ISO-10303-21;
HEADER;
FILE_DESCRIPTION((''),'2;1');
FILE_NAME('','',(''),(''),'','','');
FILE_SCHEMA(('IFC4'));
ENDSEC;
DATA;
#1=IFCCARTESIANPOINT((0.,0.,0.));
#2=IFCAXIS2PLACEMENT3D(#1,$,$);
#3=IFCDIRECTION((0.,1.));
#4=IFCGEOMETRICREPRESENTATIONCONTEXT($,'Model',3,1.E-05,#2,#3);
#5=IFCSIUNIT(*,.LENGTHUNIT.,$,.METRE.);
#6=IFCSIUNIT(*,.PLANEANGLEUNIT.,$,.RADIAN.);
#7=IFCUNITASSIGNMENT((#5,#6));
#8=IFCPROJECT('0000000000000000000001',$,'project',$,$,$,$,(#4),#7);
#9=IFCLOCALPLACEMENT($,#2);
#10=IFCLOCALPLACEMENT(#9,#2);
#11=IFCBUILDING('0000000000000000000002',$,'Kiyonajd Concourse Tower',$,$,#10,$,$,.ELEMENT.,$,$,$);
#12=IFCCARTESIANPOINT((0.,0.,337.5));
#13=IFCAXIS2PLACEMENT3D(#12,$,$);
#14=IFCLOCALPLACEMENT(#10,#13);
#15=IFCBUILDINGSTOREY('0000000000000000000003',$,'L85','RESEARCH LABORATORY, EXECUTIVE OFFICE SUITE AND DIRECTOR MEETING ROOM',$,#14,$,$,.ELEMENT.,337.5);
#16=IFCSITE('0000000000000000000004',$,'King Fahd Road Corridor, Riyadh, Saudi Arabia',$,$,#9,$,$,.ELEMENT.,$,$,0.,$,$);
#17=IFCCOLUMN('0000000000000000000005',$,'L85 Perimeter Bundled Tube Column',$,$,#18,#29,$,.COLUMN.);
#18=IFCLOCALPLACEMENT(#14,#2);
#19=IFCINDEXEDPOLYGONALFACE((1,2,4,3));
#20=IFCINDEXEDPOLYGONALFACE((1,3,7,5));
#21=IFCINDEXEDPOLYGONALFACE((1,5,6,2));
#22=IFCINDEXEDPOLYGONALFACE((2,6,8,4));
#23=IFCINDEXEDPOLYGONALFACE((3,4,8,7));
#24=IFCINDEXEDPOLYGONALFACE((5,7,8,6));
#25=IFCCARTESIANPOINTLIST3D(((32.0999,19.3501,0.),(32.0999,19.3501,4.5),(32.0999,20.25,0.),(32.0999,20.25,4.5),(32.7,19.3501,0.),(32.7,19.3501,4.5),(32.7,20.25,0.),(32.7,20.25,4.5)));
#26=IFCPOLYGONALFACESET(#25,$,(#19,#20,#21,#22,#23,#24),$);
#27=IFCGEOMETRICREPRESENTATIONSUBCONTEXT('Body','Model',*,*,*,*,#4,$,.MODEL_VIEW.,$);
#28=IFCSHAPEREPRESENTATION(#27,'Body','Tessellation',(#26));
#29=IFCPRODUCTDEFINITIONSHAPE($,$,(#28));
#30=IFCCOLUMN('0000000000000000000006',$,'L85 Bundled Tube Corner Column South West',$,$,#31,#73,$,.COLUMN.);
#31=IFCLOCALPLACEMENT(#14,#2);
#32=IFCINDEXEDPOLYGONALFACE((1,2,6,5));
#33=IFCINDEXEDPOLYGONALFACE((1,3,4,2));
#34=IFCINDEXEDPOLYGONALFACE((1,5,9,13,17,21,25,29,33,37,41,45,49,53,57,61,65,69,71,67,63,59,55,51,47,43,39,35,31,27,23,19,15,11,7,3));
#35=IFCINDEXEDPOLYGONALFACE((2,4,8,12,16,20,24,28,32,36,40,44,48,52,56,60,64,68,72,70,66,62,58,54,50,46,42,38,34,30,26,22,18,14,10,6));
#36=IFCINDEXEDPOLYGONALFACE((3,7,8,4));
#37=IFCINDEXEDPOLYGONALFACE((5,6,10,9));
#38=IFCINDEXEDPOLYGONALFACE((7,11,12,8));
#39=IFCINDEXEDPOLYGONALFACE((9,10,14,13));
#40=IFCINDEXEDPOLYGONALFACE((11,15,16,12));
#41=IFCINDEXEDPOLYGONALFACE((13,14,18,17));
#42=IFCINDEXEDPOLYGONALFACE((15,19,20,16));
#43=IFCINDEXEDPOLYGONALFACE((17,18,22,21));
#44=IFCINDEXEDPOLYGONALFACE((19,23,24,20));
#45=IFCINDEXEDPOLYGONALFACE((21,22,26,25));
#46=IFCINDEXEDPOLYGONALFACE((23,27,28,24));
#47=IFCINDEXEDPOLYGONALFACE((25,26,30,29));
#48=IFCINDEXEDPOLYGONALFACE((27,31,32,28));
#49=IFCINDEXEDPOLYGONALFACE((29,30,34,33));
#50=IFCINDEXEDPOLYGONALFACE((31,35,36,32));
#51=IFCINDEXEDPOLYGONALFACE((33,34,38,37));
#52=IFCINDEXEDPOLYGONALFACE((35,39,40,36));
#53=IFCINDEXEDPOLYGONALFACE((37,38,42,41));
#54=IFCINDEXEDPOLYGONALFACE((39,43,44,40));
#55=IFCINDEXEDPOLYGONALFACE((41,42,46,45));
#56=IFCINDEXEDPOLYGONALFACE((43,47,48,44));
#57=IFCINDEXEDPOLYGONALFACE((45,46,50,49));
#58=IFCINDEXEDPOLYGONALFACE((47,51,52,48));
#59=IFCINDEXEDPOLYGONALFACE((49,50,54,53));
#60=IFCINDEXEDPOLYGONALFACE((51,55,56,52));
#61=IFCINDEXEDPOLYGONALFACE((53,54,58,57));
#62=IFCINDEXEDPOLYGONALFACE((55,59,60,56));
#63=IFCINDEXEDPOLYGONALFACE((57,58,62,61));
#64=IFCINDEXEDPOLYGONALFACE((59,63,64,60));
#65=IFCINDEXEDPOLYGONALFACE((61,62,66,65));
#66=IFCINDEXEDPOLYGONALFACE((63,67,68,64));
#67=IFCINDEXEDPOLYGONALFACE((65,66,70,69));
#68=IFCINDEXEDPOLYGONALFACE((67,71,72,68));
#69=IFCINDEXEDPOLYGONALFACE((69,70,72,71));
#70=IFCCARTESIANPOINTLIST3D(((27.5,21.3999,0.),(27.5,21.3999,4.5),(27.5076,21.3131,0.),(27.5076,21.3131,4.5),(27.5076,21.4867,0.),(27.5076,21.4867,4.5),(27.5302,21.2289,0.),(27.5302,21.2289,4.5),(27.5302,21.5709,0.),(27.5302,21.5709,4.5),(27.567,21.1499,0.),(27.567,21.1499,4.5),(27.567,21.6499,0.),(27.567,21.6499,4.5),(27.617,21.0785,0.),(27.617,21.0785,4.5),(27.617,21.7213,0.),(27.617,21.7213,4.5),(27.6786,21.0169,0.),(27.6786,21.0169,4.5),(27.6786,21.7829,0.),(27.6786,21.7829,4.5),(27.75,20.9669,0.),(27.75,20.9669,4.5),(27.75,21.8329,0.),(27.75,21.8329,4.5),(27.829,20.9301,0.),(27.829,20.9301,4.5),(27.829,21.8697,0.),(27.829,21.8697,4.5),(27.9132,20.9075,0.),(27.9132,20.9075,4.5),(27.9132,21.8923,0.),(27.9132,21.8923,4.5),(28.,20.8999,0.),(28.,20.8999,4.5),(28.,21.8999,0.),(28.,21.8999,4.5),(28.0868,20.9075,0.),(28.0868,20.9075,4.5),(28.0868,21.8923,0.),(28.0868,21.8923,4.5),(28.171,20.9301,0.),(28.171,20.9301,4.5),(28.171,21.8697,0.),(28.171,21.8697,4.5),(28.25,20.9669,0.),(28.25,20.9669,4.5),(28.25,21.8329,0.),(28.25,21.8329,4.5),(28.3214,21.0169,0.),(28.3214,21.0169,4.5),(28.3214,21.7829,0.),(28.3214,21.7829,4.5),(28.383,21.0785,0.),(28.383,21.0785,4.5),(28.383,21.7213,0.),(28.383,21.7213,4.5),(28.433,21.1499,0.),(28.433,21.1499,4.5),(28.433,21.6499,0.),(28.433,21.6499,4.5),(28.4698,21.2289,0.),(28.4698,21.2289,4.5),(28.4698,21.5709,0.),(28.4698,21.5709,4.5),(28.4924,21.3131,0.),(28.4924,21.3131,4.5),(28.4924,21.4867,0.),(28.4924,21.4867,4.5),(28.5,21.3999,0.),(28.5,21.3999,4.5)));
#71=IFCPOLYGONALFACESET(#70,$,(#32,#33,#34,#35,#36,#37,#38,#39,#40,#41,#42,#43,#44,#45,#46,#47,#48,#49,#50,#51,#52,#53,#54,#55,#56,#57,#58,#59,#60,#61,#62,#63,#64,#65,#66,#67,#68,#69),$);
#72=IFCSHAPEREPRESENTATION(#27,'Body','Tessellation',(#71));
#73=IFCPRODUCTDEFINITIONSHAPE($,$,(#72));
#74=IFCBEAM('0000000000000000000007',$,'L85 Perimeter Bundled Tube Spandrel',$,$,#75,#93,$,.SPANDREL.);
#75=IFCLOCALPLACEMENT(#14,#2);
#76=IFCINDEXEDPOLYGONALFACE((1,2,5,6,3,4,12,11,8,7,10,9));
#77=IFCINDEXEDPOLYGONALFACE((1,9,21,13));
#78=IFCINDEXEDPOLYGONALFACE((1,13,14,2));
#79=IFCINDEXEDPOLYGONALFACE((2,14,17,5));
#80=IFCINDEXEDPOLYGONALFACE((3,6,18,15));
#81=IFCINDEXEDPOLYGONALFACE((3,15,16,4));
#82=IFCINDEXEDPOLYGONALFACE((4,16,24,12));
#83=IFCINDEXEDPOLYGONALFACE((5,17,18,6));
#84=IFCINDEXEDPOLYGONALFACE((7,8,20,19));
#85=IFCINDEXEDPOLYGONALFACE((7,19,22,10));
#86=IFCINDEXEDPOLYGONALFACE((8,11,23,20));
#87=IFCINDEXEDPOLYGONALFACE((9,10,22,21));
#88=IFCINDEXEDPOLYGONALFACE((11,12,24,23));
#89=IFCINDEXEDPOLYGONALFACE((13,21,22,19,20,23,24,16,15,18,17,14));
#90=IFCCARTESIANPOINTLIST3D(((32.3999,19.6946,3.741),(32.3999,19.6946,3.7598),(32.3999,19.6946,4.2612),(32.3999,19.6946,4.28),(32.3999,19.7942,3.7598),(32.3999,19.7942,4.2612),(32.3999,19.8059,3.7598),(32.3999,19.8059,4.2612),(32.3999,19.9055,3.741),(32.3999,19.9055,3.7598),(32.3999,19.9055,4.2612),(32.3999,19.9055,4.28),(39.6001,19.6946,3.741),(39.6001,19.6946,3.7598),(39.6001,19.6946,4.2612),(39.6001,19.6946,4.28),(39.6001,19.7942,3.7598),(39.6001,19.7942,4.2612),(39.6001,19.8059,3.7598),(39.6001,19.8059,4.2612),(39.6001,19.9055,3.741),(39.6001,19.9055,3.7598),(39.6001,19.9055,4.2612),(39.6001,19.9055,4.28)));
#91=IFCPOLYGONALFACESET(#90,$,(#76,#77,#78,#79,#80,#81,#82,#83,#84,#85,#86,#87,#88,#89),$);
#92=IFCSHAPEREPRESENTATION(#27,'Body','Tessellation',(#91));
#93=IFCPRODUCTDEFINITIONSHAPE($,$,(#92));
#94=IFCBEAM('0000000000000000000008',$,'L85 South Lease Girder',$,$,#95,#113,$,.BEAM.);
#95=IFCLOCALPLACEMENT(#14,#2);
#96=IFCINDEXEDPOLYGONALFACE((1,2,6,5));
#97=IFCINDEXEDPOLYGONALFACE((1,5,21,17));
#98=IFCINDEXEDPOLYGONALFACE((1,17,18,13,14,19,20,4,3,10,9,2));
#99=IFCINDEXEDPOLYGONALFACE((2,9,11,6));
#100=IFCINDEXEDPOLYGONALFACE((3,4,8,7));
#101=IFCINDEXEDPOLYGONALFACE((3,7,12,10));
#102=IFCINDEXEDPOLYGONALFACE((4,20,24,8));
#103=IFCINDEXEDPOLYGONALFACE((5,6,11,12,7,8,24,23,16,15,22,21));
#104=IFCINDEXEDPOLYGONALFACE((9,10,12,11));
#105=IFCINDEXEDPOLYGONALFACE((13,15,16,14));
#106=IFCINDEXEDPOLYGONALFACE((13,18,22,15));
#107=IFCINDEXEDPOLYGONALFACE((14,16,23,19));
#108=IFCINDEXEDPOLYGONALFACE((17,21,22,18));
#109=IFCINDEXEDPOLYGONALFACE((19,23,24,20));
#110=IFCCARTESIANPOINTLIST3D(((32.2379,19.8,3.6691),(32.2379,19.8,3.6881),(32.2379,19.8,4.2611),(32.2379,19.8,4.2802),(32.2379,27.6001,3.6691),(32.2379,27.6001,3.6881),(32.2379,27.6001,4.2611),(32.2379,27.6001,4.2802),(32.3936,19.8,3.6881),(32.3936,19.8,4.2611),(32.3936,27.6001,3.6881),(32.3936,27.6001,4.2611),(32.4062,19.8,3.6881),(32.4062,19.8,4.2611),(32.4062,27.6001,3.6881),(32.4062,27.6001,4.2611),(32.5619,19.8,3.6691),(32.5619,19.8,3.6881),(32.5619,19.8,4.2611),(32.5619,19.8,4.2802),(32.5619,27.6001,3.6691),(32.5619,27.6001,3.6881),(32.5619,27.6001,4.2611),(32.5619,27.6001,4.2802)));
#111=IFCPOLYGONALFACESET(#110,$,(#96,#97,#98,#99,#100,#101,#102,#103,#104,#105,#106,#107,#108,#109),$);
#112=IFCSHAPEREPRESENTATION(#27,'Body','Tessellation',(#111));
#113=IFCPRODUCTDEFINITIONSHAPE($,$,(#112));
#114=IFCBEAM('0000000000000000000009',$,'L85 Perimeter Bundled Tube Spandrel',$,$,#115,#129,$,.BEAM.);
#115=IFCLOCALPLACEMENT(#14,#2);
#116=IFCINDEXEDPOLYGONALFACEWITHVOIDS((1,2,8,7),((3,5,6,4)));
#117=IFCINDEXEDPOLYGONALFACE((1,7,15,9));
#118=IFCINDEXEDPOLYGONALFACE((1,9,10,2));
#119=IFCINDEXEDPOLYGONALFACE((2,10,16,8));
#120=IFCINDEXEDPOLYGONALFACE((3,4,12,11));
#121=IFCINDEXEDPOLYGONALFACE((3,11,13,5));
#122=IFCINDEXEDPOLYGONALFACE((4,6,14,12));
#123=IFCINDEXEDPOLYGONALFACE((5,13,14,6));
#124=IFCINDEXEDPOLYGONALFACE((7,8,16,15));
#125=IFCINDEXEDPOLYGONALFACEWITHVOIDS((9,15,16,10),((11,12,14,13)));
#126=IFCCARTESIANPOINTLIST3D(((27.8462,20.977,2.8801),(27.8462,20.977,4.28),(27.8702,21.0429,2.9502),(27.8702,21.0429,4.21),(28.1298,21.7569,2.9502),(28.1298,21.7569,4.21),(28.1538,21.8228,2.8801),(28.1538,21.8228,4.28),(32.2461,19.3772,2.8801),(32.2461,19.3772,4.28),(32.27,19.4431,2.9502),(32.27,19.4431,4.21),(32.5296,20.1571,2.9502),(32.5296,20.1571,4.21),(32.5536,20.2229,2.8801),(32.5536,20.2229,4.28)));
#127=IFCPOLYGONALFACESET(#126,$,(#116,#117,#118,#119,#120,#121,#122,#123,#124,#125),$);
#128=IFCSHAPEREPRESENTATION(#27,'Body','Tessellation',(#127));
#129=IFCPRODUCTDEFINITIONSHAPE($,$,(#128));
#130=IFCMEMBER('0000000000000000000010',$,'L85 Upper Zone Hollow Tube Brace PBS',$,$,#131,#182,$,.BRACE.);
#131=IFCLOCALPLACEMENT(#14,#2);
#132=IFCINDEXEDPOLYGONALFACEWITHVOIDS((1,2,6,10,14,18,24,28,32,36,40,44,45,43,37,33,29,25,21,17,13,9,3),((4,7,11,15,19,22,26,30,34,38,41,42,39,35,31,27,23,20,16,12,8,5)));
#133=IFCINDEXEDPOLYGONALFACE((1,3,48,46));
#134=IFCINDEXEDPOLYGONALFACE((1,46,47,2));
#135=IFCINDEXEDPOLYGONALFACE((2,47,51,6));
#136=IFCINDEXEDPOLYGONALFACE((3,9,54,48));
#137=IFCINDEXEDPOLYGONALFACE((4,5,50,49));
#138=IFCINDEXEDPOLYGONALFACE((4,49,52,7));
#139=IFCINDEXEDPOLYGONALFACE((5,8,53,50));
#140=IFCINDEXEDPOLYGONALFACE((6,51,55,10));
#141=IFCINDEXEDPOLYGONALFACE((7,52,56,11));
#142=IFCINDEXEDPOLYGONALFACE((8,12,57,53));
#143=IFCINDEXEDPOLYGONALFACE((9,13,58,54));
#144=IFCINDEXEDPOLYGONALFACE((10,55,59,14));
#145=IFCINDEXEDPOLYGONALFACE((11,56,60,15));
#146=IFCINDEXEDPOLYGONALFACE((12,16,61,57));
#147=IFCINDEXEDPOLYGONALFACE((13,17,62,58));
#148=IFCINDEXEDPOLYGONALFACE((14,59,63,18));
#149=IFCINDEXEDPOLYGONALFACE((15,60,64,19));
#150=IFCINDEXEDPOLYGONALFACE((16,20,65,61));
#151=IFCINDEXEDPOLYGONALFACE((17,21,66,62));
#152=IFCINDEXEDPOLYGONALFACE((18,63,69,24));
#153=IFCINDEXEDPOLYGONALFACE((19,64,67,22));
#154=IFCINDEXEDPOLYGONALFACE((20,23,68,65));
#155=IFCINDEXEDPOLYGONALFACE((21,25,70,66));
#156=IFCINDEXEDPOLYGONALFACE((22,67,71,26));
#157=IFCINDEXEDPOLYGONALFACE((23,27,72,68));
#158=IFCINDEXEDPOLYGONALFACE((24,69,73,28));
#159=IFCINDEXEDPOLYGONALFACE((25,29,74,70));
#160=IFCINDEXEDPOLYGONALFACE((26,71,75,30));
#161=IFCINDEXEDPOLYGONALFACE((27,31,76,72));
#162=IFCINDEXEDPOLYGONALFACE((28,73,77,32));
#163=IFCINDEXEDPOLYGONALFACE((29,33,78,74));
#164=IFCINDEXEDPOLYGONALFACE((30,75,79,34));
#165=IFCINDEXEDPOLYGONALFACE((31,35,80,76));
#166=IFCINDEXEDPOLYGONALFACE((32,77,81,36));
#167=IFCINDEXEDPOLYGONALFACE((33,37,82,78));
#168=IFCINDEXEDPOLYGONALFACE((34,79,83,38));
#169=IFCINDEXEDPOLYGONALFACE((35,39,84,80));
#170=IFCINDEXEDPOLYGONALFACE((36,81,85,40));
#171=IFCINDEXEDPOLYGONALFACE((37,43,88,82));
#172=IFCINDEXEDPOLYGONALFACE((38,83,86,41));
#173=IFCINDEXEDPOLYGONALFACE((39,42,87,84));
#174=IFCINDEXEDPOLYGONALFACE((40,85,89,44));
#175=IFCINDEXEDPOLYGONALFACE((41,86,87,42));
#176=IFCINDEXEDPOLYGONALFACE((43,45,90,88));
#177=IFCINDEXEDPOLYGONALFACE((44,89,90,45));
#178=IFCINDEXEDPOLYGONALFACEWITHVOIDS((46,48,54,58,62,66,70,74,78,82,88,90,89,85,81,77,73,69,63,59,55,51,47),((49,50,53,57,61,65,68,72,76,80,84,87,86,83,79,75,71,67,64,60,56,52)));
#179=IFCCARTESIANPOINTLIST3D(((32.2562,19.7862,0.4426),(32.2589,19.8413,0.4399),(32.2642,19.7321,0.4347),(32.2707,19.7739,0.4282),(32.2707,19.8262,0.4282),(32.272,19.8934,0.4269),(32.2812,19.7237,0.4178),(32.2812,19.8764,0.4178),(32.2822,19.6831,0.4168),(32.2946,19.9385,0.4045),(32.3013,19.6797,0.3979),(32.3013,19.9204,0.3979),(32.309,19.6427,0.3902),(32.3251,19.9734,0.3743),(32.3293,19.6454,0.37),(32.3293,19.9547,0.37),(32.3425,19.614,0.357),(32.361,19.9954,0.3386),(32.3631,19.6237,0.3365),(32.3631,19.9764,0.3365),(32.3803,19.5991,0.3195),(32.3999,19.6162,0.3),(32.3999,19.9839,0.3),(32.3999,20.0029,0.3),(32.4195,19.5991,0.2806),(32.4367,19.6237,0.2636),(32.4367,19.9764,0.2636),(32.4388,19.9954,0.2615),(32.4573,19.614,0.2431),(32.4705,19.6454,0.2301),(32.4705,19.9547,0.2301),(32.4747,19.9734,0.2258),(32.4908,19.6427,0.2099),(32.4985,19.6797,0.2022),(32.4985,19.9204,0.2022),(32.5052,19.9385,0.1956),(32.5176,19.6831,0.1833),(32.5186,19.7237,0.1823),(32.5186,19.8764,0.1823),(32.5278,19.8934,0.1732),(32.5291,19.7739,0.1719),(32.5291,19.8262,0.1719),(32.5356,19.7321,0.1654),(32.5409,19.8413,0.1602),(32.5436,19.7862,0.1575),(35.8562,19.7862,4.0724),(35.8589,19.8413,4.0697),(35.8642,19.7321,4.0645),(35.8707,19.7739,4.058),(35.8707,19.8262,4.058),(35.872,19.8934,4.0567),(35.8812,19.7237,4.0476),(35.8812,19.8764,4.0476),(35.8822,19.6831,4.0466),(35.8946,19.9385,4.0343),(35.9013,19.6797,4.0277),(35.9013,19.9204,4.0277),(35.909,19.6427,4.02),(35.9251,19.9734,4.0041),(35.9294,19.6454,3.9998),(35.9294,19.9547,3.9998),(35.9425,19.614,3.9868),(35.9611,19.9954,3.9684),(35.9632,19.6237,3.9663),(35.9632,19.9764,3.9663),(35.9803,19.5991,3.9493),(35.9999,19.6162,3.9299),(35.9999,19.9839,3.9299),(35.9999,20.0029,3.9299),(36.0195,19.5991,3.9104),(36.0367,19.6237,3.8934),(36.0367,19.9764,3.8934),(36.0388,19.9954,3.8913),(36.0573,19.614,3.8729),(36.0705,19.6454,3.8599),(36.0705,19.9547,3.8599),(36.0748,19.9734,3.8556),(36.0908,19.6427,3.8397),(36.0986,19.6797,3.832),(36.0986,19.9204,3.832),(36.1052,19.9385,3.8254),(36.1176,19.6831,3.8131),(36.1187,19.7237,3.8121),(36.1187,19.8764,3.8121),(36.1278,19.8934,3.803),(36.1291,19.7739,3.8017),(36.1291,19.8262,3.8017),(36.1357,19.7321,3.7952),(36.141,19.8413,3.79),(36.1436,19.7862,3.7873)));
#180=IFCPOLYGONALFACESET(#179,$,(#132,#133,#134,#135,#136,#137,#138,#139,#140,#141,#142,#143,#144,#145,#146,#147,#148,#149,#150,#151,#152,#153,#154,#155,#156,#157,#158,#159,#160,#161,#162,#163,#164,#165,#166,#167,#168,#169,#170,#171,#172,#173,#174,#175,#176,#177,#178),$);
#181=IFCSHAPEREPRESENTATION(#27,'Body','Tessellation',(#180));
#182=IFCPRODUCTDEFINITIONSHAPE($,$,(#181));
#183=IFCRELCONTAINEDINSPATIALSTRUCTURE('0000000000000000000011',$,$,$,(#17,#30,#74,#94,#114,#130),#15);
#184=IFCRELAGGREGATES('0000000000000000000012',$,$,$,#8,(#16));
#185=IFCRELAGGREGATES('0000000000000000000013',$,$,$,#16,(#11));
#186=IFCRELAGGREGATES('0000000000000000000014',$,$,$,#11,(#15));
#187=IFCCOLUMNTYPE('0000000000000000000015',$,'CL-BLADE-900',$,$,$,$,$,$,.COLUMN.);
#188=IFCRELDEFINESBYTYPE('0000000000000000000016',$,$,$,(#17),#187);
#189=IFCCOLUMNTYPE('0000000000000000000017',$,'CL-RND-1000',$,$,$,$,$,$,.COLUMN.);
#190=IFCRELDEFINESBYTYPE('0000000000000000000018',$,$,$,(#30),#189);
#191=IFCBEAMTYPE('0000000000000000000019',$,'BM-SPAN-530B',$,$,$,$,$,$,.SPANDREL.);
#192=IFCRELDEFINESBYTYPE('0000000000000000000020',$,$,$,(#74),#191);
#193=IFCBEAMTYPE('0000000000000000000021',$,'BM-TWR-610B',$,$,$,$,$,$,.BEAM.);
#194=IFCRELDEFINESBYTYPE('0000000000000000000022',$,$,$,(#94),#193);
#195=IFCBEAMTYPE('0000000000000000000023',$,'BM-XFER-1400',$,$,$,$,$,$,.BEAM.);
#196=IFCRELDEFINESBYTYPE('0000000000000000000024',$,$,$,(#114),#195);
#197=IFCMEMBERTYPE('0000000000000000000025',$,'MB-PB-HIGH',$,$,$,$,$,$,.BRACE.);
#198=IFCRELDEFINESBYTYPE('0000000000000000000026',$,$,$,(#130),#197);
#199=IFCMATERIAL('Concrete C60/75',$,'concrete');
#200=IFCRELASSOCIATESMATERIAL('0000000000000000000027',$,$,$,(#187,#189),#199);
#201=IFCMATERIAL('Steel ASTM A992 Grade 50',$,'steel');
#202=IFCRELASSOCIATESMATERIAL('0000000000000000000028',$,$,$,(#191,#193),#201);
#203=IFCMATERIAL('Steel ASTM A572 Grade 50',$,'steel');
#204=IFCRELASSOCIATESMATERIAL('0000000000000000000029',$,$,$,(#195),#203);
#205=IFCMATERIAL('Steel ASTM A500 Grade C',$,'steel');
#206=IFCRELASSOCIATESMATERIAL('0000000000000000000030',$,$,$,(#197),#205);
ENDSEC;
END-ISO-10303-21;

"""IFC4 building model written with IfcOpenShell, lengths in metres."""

from ifc_helpers import new_model, si_unit, direction, frame, origin, origin_2d, place, context, subcontext, project, spatial, rectangle, hollow_rectangle, circle, hollow_circle, i_section, extrude, material, material_profile, profile_set, type_object, element, save


model = new_model("IFC4")

# Units and contexts
model_context = context("Model", 3, precision=1e-05, world=origin(), true_north=direction((0.0, 1.0)))
body_context = subcontext(model_context, "Body", "Model", "MODEL_VIEW")
ifc_project = project(units=[si_unit("LENGTHUNIT", "METRE"), si_unit("PLANEANGLEUNIT", "RADIAN")], contexts=[model_context])

# Site, building, storey
site_placement = place(None, origin())
site = spatial("IfcSite", under=ifc_project, at=site_placement, Name="King Fahd Road Corridor, Riyadh, Saudi Arabia", CompositionType="ELEMENT", RefElevation=0.0)
building_placement = place(site_placement, origin())
building = spatial("IfcBuilding", under=site, at=building_placement, Name="Kiyonajd Concourse Tower", CompositionType="ELEMENT")
storey_placement = place(building_placement, frame((0.0, 0.0, 337.5)))
storey = spatial("IfcBuildingStorey", under=building, at=storey_placement, Name="L85", Description="RESEARCH LABORATORY, EXECUTIVE OFFICE SUITE AND DIRECTOR MEETING ROOM", CompositionType="ELEMENT", Elevation=337.5)

# Columns
ifc_material_1 = material(Name="Concrete C60/75", Category="concrete")
ifc_material_profile_1 = material_profile(ifc_material_1, rectangle(XDim=0.6001, YDim=0.8999, at=origin_2d()), Name="RC-900x600")
ifc_profile_set_1 = profile_set([ifc_material_profile_1], Name="Concrete C60/75")
column_type_1 = type_object("IfcColumnType", Name="CL-BLADE-900", PredefinedType="COLUMN", material=ifc_profile_set_1)
column_1_placement = place(storey_placement, frame((32.3999, 19.8, 0.0), z_axis=(0.0, 0.0, 1.0), x_axis=(1.0, 0.0, 0.0)))
element("IfcColumn", 1, at=column_1_placement, inside=storey, type_object=column_type_1, Name="L85 Perimeter Bundled Tube Column", PredefinedType="COLUMN", context=body_context, shape_type="SweptSolid", body=[
    extrude(rectangle(XDim=0.6001, YDim=0.8999, at=origin_2d()), origin(), (0.0, 0.0, 1.0), 4.5),
])
ifc_material_profile_2 = material_profile(ifc_material_1, circle(Radius=0.5, at=origin_2d()), Name="RCC-D1000")
ifc_profile_set_2 = profile_set([ifc_material_profile_2], Name="Concrete C60/75")
column_type_2 = type_object("IfcColumnType", Name="CL-RND-1000", PredefinedType="COLUMN", material=ifc_profile_set_2)
column_2_placement = place(storey_placement, frame((28.0, 21.3999, 0.0), z_axis=(0.0, 0.0, 1.0), x_axis=(1.0, 0.0, 0.0)))
element("IfcColumn", 2, at=column_2_placement, inside=storey, type_object=column_type_2, Name="L85 Bundled Tube Corner Column South West", PredefinedType="COLUMN", context=body_context, shape_type="SweptSolid", body=[
    extrude(circle(Radius=0.5, at=origin_2d()), origin(), (0.0, 0.0, 1.0), 4.5),
])

# Beams
ifc_material_2 = material(Name="Steel ASTM A992 Grade 50", Category="steel")
ifc_material_profile_3 = material_profile(ifc_material_2, i_section(OverallWidth=0.2109, OverallDepth=0.5391, WebThickness=0.0117, FlangeThickness=0.0188, at=origin_2d()), Name="W530X109")
ifc_profile_set_3 = profile_set([ifc_material_profile_3], Name="Steel ASTM A992 Grade 50")
beam_type_1 = type_object("IfcBeamType", Name="BM-SPAN-530B", PredefinedType="SPANDREL", material=ifc_profile_set_3)
beam_1_placement = place(storey_placement, frame((32.3999, 19.8, 4.0105), z_axis=(1.0, 0.0, 0.0), x_axis=(0.0, 1.0, 0.0)))
element("IfcBeam", 3, at=beam_1_placement, inside=storey, type_object=beam_type_1, Name="L85 Perimeter Bundled Tube Spandrel", PredefinedType="SPANDREL", context=body_context, shape_type="SweptSolid", body=[
    extrude(i_section(OverallWidth=0.2109, OverallDepth=0.5391, WebThickness=0.0117, FlangeThickness=0.0188, at=origin_2d()), origin(), (0.0, 0.0, 1.0), 7.2002),
])
ifc_material_profile_4 = material_profile(ifc_material_2, i_section(OverallWidth=0.324, OverallDepth=0.6111, WebThickness=0.0127, FlangeThickness=0.019, at=origin_2d()), Name="W610X155")
ifc_profile_set_4 = profile_set([ifc_material_profile_4], Name="Steel ASTM A992 Grade 50")
beam_type_2 = type_object("IfcBeamType", Name="BM-TWR-610B", PredefinedType="BEAM", material=ifc_profile_set_4)
beam_2_placement = place(storey_placement, frame((32.3999, 19.8, 3.9746), z_axis=(0.0, 1.0, 0.0), x_axis=(-1.0, 0.0, 0.0)))
element("IfcBeam", 4, at=beam_2_placement, inside=storey, type_object=beam_type_2, Name="L85 South Lease Girder", PredefinedType="BEAM", context=body_context, shape_type="SweptSolid", body=[
    extrude(i_section(OverallWidth=0.324, OverallDepth=0.6111, WebThickness=0.0127, FlangeThickness=0.019, at=origin_2d()), origin(), (0.0, 0.0, 1.0), 7.8),
])
ifc_material_3 = material(Name="Steel ASTM A572 Grade 50", Category="steel")
ifc_material_profile_5 = material_profile(ifc_material_3, hollow_rectangle(XDim=0.8999, YDim=1.3999, WallThickness=0.0701, at=origin_2d()), Name="BOX-1400x900x70")
ifc_profile_set_5 = profile_set([ifc_material_profile_5], Name="Steel ASTM A572 Grade 50")
beam_type_3 = type_object("IfcBeamType", Name="BM-XFER-1400", PredefinedType="BEAM", material=ifc_profile_set_5)
beam_3_placement = place(storey_placement, frame((28.0, 21.3999, 3.5801), z_axis=(0.939801, -0.341722, 0.0), x_axis=(0.341722, 0.939801, 0.0)))
element("IfcBeam", 5, at=beam_3_placement, inside=storey, type_object=beam_type_3, Name="L85 Perimeter Bundled Tube Spandrel", PredefinedType="BEAM", context=body_context, shape_type="SweptSolid", body=[
    extrude(hollow_rectangle(XDim=0.8999, YDim=1.3999, WallThickness=0.0701, at=origin_2d()), origin(), (0.0, 0.0, 1.0), 4.6816),
])

# Member
ifc_material_4 = material(Name="Steel ASTM A500 Grade C", Category="steel")
ifc_material_profile_6 = material_profile(ifc_material_4, hollow_circle(Radius=0.2029, WallThickness=0.019, at=origin_2d()), Name="CHS-406x19")
ifc_profile_set_6 = profile_set([ifc_material_profile_6], Name="Steel ASTM A500 Grade C")
member_type = type_object("IfcMemberType", Name="MB-PB-HIGH", PredefinedType="BRACE", material=ifc_profile_set_6)
member_placement = place(storey_placement, frame((32.3999, 19.8, 0.3), z_axis=(0.704188, 0.0, 0.710014), x_axis=(0.0, 1.0, 0.0)))
element("IfcMember", 6, at=member_placement, inside=storey, type_object=member_type, Name="L85 Upper Zone Hollow Tube Brace PBS", PredefinedType="BRACE", context=body_context, shape_type="SweptSolid", body=[
    extrude(hollow_circle(Radius=0.2029, WallThickness=0.019, at=origin_2d()), origin(), (0.0, 0.0, 1.0), 5.1123),
])

save(model, "model.ifc")
